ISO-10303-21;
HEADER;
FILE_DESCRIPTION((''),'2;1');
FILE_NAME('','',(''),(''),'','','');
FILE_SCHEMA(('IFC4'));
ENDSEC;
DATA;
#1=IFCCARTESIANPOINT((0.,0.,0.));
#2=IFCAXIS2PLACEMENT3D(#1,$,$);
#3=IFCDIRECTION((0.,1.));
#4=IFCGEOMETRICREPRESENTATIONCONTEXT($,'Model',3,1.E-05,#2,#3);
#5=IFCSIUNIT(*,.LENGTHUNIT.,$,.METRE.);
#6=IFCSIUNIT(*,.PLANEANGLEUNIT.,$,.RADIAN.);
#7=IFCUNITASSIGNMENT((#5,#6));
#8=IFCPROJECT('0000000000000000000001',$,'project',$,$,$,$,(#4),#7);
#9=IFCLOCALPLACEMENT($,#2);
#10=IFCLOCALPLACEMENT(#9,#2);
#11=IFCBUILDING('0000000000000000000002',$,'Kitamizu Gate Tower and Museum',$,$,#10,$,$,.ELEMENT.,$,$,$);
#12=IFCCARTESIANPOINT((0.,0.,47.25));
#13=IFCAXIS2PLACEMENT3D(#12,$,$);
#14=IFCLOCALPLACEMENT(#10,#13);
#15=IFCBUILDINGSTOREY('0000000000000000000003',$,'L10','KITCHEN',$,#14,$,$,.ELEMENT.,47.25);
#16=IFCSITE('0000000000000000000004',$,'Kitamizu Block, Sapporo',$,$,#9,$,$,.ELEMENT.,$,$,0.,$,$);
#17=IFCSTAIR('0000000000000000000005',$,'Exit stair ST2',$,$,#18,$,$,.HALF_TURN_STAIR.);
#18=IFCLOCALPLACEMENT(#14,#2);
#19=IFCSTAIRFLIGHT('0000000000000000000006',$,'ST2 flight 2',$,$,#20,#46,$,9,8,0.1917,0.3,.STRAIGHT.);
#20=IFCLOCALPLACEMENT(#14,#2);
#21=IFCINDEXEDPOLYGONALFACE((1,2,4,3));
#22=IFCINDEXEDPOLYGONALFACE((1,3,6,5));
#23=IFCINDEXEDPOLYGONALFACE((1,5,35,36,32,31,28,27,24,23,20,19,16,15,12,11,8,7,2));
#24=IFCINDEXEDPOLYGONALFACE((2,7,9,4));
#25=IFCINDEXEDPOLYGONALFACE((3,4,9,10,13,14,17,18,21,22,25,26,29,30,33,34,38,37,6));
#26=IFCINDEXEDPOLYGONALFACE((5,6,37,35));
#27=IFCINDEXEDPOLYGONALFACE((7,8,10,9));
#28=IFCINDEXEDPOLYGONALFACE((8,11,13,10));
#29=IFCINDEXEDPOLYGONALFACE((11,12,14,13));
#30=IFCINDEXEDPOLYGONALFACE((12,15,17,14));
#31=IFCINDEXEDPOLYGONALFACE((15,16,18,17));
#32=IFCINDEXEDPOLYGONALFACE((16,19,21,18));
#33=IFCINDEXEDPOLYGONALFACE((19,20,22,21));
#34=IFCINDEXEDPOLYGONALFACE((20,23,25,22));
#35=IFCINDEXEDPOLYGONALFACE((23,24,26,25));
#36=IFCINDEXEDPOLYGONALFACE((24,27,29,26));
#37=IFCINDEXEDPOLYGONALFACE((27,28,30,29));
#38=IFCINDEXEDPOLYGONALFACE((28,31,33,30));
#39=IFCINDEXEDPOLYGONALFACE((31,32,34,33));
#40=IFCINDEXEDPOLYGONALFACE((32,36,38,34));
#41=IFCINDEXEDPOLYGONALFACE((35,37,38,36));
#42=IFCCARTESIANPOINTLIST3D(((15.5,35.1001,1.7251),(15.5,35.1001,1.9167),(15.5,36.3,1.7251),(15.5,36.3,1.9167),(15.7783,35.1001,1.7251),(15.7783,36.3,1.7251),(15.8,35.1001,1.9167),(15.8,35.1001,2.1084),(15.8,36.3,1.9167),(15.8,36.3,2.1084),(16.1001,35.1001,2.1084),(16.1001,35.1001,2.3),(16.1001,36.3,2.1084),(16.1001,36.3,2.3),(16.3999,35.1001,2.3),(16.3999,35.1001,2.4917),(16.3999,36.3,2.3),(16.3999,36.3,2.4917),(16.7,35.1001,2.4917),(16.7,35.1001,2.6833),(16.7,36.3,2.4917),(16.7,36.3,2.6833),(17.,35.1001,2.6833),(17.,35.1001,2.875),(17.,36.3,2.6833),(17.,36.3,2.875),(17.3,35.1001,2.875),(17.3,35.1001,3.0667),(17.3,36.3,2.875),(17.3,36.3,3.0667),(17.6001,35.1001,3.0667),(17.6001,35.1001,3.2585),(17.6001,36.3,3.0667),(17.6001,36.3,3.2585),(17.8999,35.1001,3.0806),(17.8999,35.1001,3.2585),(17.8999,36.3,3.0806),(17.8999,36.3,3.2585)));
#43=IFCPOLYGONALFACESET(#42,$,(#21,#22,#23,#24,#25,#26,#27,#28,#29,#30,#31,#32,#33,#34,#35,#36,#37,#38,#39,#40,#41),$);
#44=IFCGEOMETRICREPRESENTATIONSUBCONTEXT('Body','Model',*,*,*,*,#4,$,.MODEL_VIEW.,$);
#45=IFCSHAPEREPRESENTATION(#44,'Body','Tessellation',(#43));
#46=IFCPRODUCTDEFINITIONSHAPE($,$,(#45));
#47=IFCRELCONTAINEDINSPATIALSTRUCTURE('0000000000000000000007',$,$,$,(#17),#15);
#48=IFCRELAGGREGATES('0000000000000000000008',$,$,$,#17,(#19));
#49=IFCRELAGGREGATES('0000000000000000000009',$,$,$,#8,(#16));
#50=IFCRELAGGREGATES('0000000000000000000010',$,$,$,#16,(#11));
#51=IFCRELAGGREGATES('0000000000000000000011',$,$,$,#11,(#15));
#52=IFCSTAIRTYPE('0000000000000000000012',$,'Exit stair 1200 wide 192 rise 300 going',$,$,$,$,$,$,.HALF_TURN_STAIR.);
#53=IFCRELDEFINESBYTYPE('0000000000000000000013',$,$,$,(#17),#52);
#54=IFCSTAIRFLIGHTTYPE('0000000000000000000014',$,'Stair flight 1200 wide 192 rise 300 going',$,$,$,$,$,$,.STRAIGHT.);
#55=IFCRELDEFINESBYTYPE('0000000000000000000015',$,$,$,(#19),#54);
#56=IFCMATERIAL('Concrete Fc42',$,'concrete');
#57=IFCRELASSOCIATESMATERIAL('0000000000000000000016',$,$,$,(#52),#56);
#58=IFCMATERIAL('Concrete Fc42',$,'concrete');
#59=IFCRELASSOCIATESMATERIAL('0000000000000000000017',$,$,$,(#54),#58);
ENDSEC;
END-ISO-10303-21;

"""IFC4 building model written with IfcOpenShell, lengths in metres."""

from ifc_helpers import new_model, si_unit, direction, frame, origin, place, context, subcontext, project, spatial, polyline, outline, extrude, material, type_object, element, aggregate, save


model = new_model("IFC4")

# Units and contexts
model_context = context("Model", 3, precision=1e-05, world=origin(), true_north=direction((0.0, 1.0)))
body_context = subcontext(model_context, "Body", "Model", "MODEL_VIEW")
ifc_project = project(units=[si_unit("LENGTHUNIT", "METRE"), si_unit("PLANEANGLEUNIT", "RADIAN")], contexts=[model_context])

# Site, building, storey
site_placement = place(None, origin())
site = spatial("IfcSite", under=ifc_project, at=site_placement, Name="Kitamizu Block, Sapporo", CompositionType="ELEMENT", RefElevation=0.0)
building_placement = place(site_placement, origin())
building = spatial("IfcBuilding", under=site, at=building_placement, Name="Kitamizu Gate Tower and Museum", CompositionType="ELEMENT")
storey_placement = place(building_placement, frame((0.0, 0.0, 47.25)))
storey = spatial("IfcBuildingStorey", under=building, at=storey_placement, Name="L10", Description="KITCHEN", CompositionType="ELEMENT", Elevation=47.25)

# Stair, stair flight
ifc_material_1 = material(Name="Concrete Fc42", Category="concrete")
stair_type = type_object("IfcStairType", Name="Exit stair 1200 wide 192 rise 300 going", PredefinedType="HALF_TURN_STAIR", material=ifc_material_1)
ifc_material_2 = material(Name="Concrete Fc42", Category="concrete")
stair_flight_type = type_object("IfcStairFlightType", Name="Stair flight 1200 wide 192 rise 300 going", PredefinedType="STRAIGHT", material=ifc_material_2)
stair_1_placement = place(storey_placement, origin())
stair_1 = element("IfcStair", 1, at=stair_1_placement, inside=storey, type_object=stair_type, Name="Exit stair ST2", PredefinedType="HALF_TURN_STAIR")
stair_flight_1_placement = place(storey_placement, frame((15.5, 35.7, 1.7251), z_axis=(0.0, 0.0, 1.0), x_axis=(1.0, 0.0, 0.0)))
stair_flight_1 = element("IfcStairFlight", 2, at=stair_flight_1_placement, type_object=stair_flight_type, Name="ST2 flight 2", NumberOfRisers=9, NumberOfTreads=8, PredefinedType="STRAIGHT", RiserHeight=0.1917, TreadLength=0.3, context=body_context, shape_type="SweptSolid", body=[
    extrude(outline(polyline([(0.0, 0.0), (0.0, 0.1917), (0.3, 0.1917), (0.3, 0.3833), (0.6001, 0.3833), (0.6001, 0.575), (0.8999, 0.575), (0.8999, 0.7666), (1.2, 0.7666), (1.2, 0.9583), (1.5, 0.9583), (1.5, 1.1499), (1.8, 1.1499), (1.8, 1.3416), (2.1001, 1.3416), (2.1001, 1.5334), (2.3999, 1.5334), (2.3999, 1.7251), (2.3999, 1.3555), (0.2783, 0.0), (0.0, 0.0)])), frame((0.0, 0.6001, 0.0), z_axis=(0.0, -1.0, 0.0), x_axis=(1.0, 0.0, 0.0)), (0.0, 0.0, 1.0), 1.2),
])
aggregate(stair_1, [stair_flight_1])

save(model, "model.ifc")
